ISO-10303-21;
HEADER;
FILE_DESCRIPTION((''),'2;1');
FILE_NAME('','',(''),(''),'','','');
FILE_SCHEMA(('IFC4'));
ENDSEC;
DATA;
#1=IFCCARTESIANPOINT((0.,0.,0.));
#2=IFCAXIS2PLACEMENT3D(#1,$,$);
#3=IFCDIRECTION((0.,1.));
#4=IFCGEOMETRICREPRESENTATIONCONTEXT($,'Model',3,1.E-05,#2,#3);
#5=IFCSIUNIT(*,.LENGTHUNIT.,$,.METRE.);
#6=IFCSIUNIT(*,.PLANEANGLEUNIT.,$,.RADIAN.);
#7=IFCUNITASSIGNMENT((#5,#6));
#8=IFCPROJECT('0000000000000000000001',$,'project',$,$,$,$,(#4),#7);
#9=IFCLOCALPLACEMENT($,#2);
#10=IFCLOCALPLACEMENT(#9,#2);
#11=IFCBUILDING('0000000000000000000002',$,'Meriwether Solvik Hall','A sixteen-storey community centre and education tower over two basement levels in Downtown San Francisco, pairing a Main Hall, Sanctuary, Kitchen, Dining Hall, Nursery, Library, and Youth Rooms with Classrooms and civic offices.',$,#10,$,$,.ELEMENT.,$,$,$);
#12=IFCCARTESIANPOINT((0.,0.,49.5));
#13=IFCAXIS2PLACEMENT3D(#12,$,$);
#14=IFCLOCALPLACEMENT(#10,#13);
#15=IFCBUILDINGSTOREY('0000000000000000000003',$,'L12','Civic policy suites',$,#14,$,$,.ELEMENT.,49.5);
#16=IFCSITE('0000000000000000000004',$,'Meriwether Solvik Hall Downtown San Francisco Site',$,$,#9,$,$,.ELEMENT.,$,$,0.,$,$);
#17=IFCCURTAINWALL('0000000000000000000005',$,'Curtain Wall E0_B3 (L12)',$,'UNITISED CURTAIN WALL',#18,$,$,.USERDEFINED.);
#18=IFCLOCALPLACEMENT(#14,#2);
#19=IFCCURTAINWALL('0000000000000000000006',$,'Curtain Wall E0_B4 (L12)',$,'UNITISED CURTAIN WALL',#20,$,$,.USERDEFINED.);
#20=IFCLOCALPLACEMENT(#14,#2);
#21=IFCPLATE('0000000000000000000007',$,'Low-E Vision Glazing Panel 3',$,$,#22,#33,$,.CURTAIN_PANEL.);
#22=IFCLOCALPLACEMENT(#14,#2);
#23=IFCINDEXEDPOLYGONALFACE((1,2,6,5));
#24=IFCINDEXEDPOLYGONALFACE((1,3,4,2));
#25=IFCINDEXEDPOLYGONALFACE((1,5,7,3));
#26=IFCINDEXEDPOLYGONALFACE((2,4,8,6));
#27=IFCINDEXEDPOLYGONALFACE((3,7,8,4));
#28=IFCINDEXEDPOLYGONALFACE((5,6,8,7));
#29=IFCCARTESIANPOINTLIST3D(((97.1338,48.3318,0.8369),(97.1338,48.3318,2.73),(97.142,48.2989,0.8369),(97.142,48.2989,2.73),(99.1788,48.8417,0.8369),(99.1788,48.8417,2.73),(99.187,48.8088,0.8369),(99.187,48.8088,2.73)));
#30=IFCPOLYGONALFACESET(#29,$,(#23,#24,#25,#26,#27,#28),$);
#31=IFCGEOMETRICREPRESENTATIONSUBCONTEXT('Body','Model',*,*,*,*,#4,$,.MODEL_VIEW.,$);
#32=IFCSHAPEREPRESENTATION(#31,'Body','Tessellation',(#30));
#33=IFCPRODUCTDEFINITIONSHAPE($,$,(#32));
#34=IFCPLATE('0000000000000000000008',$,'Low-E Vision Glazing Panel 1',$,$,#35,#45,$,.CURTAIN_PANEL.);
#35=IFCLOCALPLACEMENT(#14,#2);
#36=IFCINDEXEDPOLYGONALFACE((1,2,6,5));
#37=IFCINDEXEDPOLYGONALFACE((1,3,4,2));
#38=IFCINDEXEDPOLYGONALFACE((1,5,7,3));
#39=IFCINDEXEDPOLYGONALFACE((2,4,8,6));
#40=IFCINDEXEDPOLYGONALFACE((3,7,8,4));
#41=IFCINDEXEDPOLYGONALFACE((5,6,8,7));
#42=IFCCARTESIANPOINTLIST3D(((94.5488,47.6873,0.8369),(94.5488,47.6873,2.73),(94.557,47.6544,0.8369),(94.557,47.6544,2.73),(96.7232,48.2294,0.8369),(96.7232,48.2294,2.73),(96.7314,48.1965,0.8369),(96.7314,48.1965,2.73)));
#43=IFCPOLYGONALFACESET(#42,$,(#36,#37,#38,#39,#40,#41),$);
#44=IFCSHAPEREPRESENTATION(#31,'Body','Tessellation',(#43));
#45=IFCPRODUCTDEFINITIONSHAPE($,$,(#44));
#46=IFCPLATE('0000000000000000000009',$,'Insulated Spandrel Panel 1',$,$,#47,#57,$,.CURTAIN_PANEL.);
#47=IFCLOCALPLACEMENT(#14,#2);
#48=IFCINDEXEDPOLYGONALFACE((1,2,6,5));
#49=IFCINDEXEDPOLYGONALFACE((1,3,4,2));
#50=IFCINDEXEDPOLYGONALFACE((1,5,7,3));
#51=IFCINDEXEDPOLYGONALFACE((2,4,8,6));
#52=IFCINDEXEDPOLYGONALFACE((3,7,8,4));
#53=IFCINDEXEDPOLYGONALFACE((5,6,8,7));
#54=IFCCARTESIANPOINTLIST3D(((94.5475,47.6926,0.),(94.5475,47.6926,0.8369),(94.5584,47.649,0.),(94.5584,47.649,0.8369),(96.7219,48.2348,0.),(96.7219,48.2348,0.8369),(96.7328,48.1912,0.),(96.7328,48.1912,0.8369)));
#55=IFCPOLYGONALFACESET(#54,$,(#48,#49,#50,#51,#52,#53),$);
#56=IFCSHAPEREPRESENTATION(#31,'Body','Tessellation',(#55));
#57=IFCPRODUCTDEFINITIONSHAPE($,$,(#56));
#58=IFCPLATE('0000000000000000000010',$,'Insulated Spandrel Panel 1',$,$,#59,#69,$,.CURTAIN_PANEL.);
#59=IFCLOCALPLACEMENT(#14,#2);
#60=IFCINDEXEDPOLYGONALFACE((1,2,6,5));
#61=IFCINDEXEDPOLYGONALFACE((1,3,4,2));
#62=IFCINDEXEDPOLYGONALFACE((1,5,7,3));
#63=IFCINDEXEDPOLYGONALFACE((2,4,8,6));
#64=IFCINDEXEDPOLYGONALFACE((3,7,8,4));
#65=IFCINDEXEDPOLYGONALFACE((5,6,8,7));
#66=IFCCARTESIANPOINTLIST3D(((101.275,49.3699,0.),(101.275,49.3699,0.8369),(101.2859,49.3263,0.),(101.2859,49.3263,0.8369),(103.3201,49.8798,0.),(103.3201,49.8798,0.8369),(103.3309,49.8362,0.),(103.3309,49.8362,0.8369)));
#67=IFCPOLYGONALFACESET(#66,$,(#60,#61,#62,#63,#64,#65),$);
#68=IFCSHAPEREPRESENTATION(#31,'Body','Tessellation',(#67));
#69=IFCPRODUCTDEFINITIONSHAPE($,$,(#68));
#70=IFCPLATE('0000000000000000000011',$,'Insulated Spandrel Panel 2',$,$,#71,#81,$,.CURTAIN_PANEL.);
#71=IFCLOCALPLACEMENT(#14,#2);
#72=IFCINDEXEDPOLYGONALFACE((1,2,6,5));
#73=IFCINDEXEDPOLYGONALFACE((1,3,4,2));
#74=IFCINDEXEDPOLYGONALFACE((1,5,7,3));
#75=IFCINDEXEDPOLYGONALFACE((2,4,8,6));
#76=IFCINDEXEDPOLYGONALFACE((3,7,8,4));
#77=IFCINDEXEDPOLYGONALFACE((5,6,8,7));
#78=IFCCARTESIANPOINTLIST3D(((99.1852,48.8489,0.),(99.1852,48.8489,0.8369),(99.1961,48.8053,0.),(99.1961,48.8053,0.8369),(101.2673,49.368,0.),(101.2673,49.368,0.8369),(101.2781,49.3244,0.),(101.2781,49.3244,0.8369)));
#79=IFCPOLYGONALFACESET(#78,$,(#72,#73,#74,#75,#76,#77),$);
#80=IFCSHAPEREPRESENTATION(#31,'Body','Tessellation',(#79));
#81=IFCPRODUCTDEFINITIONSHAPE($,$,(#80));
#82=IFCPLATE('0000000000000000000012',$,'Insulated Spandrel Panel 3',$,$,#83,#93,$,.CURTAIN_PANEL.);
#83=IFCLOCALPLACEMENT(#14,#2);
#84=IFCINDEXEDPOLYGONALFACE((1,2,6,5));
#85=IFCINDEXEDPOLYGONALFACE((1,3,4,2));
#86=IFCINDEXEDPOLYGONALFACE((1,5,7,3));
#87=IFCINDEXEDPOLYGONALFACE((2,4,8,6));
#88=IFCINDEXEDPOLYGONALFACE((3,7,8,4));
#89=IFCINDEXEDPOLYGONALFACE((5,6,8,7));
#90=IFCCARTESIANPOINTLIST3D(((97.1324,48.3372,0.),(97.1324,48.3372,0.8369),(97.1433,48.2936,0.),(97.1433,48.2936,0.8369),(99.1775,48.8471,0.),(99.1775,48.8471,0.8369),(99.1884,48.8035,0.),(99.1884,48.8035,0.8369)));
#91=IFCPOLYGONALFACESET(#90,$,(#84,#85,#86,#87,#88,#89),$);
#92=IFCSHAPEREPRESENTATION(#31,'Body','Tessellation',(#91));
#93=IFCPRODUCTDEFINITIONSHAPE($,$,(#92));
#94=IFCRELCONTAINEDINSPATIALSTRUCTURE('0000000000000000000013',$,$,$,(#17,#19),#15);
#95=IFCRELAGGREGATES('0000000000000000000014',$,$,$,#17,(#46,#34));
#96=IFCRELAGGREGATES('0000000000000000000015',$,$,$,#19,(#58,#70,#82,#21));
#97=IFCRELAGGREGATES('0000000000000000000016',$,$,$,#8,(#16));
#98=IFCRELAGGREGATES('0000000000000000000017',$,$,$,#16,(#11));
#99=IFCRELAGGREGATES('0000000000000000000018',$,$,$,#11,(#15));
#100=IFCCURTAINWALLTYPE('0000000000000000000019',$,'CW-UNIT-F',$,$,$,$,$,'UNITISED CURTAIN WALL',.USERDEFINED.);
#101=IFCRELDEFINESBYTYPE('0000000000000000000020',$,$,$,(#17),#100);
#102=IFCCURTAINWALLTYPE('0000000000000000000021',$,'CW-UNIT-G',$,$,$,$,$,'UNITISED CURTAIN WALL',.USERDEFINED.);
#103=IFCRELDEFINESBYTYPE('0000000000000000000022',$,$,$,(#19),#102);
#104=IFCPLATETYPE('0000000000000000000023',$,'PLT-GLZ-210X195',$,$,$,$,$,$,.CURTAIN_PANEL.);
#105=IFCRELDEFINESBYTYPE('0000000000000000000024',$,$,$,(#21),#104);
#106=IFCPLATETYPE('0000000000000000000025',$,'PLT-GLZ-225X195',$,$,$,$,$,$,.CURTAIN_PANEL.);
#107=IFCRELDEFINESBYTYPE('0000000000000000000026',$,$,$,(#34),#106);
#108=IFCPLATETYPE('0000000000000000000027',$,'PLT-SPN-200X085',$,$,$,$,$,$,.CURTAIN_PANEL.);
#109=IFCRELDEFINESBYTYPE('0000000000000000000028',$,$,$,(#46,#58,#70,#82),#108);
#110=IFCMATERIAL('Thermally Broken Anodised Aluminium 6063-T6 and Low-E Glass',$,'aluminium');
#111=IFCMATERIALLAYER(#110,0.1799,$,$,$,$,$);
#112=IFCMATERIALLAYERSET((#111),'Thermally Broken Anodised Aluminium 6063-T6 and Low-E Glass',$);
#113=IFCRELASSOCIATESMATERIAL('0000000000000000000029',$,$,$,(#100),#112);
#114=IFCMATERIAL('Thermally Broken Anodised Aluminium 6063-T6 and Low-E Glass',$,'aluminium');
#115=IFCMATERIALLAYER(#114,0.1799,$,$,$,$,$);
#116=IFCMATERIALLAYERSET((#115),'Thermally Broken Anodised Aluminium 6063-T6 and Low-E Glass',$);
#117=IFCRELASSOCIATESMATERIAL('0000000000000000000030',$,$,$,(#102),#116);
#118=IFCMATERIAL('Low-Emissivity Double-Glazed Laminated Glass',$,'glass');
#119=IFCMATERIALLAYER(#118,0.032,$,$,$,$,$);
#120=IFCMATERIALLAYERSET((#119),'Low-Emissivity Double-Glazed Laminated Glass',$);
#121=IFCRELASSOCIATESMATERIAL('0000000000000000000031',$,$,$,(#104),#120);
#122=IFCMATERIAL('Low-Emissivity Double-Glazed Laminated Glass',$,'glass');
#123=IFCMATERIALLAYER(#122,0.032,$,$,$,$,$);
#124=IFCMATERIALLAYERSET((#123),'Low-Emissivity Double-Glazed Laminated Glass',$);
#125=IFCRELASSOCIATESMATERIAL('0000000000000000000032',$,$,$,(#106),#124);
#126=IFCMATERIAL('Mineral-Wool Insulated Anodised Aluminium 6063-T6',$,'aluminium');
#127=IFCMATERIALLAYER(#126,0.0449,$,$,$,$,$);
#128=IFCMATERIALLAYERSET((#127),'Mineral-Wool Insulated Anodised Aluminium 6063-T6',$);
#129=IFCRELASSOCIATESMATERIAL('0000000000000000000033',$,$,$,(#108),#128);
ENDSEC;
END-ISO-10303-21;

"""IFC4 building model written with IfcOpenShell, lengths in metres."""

from ifc_helpers import new_model, si_unit, direction, frame, origin, origin_2d, place, context, subcontext, project, spatial, rectangle, extrude, material, layer, layer_set, type_object, element, aggregate, save


model = new_model("IFC4")

# Units and contexts
model_context = context("Model", 3, precision=1e-05, world=origin(), true_north=direction((0.0, 1.0)))
body_context = subcontext(model_context, "Body", "Model", "MODEL_VIEW")
ifc_project = project(units=[si_unit("LENGTHUNIT", "METRE"), si_unit("PLANEANGLEUNIT", "RADIAN")], contexts=[model_context])

# Site, building, storey
site_placement = place(None, origin())
site = spatial("IfcSite", under=ifc_project, at=site_placement, Name="Meriwether Solvik Hall Downtown San Francisco Site", CompositionType="ELEMENT", RefElevation=0.0)
building_placement = place(site_placement, origin())
building = spatial("IfcBuilding", under=site, at=building_placement, Name="Meriwether Solvik Hall", Description="A sixteen-storey community centre and education tower over two basement levels in Downtown San Francisco, pairing a Main Hall, Sanctuary, Kitchen, Dining Hall, Nursery, Library, and Youth Rooms with Classrooms and civic offices.", CompositionType="ELEMENT")
storey_placement = place(building_placement, frame((0.0, 0.0, 49.5)))
storey = spatial("IfcBuildingStorey", under=building, at=storey_placement, Name="L12", Description="Civic policy suites", CompositionType="ELEMENT", Elevation=49.5)

# Curtain wall
ifc_material_1 = material(Name="Thermally Broken Anodised Aluminium 6063-T6 and Low-E Glass", Category="aluminium")
ifc_layer_1 = layer(ifc_material_1, 0.1799)
ifc_layer_set_1 = layer_set([ifc_layer_1], Name="Thermally Broken Anodised Aluminium 6063-T6 and Low-E Glass")
curtain_wall_type_1 = type_object("IfcCurtainWallType", Name="CW-UNIT-F", ElementType="UNITISED CURTAIN WALL", PredefinedType="USERDEFINED", material=ifc_layer_set_1)
curtain_wall_1_placement = place(storey_placement, origin())
curtain_wall_1 = element("IfcCurtainWall", 1, at=curtain_wall_1_placement, inside=storey, type_object=curtain_wall_type_1, Name="Curtain Wall E0_B3 (L12)", ObjectType="UNITISED CURTAIN WALL", PredefinedType="USERDEFINED")

# Curtain wall
ifc_material_2 = material(Name="Thermally Broken Anodised Aluminium 6063-T6 and Low-E Glass", Category="aluminium")
ifc_layer_2 = layer(ifc_material_2, 0.1799)
ifc_layer_set_2 = layer_set([ifc_layer_2], Name="Thermally Broken Anodised Aluminium 6063-T6 and Low-E Glass")
curtain_wall_type_2 = type_object("IfcCurtainWallType", Name="CW-UNIT-G", ElementType="UNITISED CURTAIN WALL", PredefinedType="USERDEFINED", material=ifc_layer_set_2)
curtain_wall_2_placement = place(storey_placement, origin())
curtain_wall_2 = element("IfcCurtainWall", 2, at=curtain_wall_2_placement, inside=storey, type_object=curtain_wall_type_2, Name="Curtain Wall E0_B4 (L12)", ObjectType="UNITISED CURTAIN WALL", PredefinedType="USERDEFINED")

# Plates
ifc_material_3 = material(Name="Low-Emissivity Double-Glazed Laminated Glass", Category="glass")
ifc_layer_3 = layer(ifc_material_3, 0.032)
ifc_layer_set_3 = layer_set([ifc_layer_3], Name="Low-Emissivity Double-Glazed Laminated Glass")
plate_type_1 = type_object("IfcPlateType", Name="PLT-GLZ-210X195", PredefinedType="CURTAIN_PANEL", material=ifc_layer_set_3)
plate_1_placement = place(storey_placement, frame((98.1604, 48.5703, 0.8369), z_axis=(0.0, 0.0, 1.0), x_axis=(-0.970296, -0.241922, 0.0)))
plate_1 = element("IfcPlate", 3, at=plate_1_placement, type_object=plate_type_1, Name="Low-E Vision Glazing Panel 3", PredefinedType="CURTAIN_PANEL", context=body_context, shape_type="SweptSolid", body=[
    extrude(rectangle(XDim=2.1077, YDim=0.0339, at=origin_2d()), origin(), (0.0, 0.0, 1.0), 1.8931),
])
ifc_material_4 = material(Name="Low-Emissivity Double-Glazed Laminated Glass", Category="glass")
ifc_layer_4 = layer(ifc_material_4, 0.032)
ifc_layer_set_4 = layer_set([ifc_layer_4], Name="Low-Emissivity Double-Glazed Laminated Glass")
plate_type_2 = type_object("IfcPlateType", Name="PLT-GLZ-225X195", PredefinedType="CURTAIN_PANEL", material=ifc_layer_set_4)
plate_2_placement = place(storey_placement, frame((95.6401, 47.9419, 0.8369), z_axis=(0.0, 0.0, 1.0), x_axis=(-0.970296, -0.241922, 0.0)))
plate_2 = element("IfcPlate", 4, at=plate_2_placement, type_object=plate_type_2, Name="Low-E Vision Glazing Panel 1", PredefinedType="CURTAIN_PANEL", context=body_context, shape_type="SweptSolid", body=[
    extrude(rectangle(XDim=2.241, YDim=0.0339, at=origin_2d()), origin(), (0.0, 0.0, 1.0), 1.8931),
])
ifc_material_5 = material(Name="Mineral-Wool Insulated Anodised Aluminium 6063-T6", Category="aluminium")
ifc_layer_5 = layer(ifc_material_5, 0.0449)
ifc_layer_set_5 = layer_set([ifc_layer_5], Name="Mineral-Wool Insulated Anodised Aluminium 6063-T6")
plate_type_3 = type_object("IfcPlateType", Name="PLT-SPN-200X085", PredefinedType="CURTAIN_PANEL", material=ifc_layer_set_5)
plate_3_placement = place(storey_placement, frame((95.6401, 47.9419, 0.0), z_axis=(0.0, 0.0, 1.0), x_axis=(-0.970296, -0.241922, 0.0)))
plate_3 = element("IfcPlate", 5, at=plate_3_placement, type_object=plate_type_3, Name="Insulated Spandrel Panel 1", PredefinedType="CURTAIN_PANEL", context=body_context, shape_type="SweptSolid", body=[
    extrude(rectangle(XDim=2.241, YDim=0.0449, at=origin_2d()), origin(), (0.0, 0.0, 1.0), 0.8369),
])
aggregate(curtain_wall_1, [plate_3, plate_2])
plate_4_placement = place(storey_placement, frame((102.303, 49.603, 0.0), z_axis=(0.0, 0.0, 1.0), x_axis=(-0.970296, -0.241922, 0.0)))
plate_4 = element("IfcPlate", 6, at=plate_4_placement, type_object=plate_type_3, Name="Insulated Spandrel Panel 1", PredefinedType="CURTAIN_PANEL", context=body_context, shape_type="SweptSolid", body=[
    extrude(rectangle(XDim=2.1077, YDim=0.0449, at=origin_2d()), origin(), (0.0, 0.0, 1.0), 0.8369),
])
plate_5_placement = place(storey_placement, frame((100.2317, 49.0867, 0.0), z_axis=(0.0, 0.0, 1.0), x_axis=(-0.970296, -0.241922, 0.0)))
plate_5 = element("IfcPlate", 7, at=plate_5_placement, type_object=plate_type_3, Name="Insulated Spandrel Panel 2", PredefinedType="CURTAIN_PANEL", context=body_context, shape_type="SweptSolid", body=[
    extrude(rectangle(XDim=2.1458, YDim=0.0449, at=origin_2d()), origin(), (0.0, 0.0, 1.0), 0.8369),
])
plate_6_placement = place(storey_placement, frame((98.1604, 48.5703, 0.0), z_axis=(0.0, 0.0, 1.0), x_axis=(-0.970296, -0.241922, 0.0)))
plate_6 = element("IfcPlate", 8, at=plate_6_placement, type_object=plate_type_3, Name="Insulated Spandrel Panel 3", PredefinedType="CURTAIN_PANEL", context=body_context, shape_type="SweptSolid", body=[
    extrude(rectangle(XDim=2.1077, YDim=0.0449, at=origin_2d()), origin(), (0.0, 0.0, 1.0), 0.8369),
])
aggregate(curtain_wall_2, [plate_4, plate_5, plate_6, plate_1])

save(model, "model.ifc")
